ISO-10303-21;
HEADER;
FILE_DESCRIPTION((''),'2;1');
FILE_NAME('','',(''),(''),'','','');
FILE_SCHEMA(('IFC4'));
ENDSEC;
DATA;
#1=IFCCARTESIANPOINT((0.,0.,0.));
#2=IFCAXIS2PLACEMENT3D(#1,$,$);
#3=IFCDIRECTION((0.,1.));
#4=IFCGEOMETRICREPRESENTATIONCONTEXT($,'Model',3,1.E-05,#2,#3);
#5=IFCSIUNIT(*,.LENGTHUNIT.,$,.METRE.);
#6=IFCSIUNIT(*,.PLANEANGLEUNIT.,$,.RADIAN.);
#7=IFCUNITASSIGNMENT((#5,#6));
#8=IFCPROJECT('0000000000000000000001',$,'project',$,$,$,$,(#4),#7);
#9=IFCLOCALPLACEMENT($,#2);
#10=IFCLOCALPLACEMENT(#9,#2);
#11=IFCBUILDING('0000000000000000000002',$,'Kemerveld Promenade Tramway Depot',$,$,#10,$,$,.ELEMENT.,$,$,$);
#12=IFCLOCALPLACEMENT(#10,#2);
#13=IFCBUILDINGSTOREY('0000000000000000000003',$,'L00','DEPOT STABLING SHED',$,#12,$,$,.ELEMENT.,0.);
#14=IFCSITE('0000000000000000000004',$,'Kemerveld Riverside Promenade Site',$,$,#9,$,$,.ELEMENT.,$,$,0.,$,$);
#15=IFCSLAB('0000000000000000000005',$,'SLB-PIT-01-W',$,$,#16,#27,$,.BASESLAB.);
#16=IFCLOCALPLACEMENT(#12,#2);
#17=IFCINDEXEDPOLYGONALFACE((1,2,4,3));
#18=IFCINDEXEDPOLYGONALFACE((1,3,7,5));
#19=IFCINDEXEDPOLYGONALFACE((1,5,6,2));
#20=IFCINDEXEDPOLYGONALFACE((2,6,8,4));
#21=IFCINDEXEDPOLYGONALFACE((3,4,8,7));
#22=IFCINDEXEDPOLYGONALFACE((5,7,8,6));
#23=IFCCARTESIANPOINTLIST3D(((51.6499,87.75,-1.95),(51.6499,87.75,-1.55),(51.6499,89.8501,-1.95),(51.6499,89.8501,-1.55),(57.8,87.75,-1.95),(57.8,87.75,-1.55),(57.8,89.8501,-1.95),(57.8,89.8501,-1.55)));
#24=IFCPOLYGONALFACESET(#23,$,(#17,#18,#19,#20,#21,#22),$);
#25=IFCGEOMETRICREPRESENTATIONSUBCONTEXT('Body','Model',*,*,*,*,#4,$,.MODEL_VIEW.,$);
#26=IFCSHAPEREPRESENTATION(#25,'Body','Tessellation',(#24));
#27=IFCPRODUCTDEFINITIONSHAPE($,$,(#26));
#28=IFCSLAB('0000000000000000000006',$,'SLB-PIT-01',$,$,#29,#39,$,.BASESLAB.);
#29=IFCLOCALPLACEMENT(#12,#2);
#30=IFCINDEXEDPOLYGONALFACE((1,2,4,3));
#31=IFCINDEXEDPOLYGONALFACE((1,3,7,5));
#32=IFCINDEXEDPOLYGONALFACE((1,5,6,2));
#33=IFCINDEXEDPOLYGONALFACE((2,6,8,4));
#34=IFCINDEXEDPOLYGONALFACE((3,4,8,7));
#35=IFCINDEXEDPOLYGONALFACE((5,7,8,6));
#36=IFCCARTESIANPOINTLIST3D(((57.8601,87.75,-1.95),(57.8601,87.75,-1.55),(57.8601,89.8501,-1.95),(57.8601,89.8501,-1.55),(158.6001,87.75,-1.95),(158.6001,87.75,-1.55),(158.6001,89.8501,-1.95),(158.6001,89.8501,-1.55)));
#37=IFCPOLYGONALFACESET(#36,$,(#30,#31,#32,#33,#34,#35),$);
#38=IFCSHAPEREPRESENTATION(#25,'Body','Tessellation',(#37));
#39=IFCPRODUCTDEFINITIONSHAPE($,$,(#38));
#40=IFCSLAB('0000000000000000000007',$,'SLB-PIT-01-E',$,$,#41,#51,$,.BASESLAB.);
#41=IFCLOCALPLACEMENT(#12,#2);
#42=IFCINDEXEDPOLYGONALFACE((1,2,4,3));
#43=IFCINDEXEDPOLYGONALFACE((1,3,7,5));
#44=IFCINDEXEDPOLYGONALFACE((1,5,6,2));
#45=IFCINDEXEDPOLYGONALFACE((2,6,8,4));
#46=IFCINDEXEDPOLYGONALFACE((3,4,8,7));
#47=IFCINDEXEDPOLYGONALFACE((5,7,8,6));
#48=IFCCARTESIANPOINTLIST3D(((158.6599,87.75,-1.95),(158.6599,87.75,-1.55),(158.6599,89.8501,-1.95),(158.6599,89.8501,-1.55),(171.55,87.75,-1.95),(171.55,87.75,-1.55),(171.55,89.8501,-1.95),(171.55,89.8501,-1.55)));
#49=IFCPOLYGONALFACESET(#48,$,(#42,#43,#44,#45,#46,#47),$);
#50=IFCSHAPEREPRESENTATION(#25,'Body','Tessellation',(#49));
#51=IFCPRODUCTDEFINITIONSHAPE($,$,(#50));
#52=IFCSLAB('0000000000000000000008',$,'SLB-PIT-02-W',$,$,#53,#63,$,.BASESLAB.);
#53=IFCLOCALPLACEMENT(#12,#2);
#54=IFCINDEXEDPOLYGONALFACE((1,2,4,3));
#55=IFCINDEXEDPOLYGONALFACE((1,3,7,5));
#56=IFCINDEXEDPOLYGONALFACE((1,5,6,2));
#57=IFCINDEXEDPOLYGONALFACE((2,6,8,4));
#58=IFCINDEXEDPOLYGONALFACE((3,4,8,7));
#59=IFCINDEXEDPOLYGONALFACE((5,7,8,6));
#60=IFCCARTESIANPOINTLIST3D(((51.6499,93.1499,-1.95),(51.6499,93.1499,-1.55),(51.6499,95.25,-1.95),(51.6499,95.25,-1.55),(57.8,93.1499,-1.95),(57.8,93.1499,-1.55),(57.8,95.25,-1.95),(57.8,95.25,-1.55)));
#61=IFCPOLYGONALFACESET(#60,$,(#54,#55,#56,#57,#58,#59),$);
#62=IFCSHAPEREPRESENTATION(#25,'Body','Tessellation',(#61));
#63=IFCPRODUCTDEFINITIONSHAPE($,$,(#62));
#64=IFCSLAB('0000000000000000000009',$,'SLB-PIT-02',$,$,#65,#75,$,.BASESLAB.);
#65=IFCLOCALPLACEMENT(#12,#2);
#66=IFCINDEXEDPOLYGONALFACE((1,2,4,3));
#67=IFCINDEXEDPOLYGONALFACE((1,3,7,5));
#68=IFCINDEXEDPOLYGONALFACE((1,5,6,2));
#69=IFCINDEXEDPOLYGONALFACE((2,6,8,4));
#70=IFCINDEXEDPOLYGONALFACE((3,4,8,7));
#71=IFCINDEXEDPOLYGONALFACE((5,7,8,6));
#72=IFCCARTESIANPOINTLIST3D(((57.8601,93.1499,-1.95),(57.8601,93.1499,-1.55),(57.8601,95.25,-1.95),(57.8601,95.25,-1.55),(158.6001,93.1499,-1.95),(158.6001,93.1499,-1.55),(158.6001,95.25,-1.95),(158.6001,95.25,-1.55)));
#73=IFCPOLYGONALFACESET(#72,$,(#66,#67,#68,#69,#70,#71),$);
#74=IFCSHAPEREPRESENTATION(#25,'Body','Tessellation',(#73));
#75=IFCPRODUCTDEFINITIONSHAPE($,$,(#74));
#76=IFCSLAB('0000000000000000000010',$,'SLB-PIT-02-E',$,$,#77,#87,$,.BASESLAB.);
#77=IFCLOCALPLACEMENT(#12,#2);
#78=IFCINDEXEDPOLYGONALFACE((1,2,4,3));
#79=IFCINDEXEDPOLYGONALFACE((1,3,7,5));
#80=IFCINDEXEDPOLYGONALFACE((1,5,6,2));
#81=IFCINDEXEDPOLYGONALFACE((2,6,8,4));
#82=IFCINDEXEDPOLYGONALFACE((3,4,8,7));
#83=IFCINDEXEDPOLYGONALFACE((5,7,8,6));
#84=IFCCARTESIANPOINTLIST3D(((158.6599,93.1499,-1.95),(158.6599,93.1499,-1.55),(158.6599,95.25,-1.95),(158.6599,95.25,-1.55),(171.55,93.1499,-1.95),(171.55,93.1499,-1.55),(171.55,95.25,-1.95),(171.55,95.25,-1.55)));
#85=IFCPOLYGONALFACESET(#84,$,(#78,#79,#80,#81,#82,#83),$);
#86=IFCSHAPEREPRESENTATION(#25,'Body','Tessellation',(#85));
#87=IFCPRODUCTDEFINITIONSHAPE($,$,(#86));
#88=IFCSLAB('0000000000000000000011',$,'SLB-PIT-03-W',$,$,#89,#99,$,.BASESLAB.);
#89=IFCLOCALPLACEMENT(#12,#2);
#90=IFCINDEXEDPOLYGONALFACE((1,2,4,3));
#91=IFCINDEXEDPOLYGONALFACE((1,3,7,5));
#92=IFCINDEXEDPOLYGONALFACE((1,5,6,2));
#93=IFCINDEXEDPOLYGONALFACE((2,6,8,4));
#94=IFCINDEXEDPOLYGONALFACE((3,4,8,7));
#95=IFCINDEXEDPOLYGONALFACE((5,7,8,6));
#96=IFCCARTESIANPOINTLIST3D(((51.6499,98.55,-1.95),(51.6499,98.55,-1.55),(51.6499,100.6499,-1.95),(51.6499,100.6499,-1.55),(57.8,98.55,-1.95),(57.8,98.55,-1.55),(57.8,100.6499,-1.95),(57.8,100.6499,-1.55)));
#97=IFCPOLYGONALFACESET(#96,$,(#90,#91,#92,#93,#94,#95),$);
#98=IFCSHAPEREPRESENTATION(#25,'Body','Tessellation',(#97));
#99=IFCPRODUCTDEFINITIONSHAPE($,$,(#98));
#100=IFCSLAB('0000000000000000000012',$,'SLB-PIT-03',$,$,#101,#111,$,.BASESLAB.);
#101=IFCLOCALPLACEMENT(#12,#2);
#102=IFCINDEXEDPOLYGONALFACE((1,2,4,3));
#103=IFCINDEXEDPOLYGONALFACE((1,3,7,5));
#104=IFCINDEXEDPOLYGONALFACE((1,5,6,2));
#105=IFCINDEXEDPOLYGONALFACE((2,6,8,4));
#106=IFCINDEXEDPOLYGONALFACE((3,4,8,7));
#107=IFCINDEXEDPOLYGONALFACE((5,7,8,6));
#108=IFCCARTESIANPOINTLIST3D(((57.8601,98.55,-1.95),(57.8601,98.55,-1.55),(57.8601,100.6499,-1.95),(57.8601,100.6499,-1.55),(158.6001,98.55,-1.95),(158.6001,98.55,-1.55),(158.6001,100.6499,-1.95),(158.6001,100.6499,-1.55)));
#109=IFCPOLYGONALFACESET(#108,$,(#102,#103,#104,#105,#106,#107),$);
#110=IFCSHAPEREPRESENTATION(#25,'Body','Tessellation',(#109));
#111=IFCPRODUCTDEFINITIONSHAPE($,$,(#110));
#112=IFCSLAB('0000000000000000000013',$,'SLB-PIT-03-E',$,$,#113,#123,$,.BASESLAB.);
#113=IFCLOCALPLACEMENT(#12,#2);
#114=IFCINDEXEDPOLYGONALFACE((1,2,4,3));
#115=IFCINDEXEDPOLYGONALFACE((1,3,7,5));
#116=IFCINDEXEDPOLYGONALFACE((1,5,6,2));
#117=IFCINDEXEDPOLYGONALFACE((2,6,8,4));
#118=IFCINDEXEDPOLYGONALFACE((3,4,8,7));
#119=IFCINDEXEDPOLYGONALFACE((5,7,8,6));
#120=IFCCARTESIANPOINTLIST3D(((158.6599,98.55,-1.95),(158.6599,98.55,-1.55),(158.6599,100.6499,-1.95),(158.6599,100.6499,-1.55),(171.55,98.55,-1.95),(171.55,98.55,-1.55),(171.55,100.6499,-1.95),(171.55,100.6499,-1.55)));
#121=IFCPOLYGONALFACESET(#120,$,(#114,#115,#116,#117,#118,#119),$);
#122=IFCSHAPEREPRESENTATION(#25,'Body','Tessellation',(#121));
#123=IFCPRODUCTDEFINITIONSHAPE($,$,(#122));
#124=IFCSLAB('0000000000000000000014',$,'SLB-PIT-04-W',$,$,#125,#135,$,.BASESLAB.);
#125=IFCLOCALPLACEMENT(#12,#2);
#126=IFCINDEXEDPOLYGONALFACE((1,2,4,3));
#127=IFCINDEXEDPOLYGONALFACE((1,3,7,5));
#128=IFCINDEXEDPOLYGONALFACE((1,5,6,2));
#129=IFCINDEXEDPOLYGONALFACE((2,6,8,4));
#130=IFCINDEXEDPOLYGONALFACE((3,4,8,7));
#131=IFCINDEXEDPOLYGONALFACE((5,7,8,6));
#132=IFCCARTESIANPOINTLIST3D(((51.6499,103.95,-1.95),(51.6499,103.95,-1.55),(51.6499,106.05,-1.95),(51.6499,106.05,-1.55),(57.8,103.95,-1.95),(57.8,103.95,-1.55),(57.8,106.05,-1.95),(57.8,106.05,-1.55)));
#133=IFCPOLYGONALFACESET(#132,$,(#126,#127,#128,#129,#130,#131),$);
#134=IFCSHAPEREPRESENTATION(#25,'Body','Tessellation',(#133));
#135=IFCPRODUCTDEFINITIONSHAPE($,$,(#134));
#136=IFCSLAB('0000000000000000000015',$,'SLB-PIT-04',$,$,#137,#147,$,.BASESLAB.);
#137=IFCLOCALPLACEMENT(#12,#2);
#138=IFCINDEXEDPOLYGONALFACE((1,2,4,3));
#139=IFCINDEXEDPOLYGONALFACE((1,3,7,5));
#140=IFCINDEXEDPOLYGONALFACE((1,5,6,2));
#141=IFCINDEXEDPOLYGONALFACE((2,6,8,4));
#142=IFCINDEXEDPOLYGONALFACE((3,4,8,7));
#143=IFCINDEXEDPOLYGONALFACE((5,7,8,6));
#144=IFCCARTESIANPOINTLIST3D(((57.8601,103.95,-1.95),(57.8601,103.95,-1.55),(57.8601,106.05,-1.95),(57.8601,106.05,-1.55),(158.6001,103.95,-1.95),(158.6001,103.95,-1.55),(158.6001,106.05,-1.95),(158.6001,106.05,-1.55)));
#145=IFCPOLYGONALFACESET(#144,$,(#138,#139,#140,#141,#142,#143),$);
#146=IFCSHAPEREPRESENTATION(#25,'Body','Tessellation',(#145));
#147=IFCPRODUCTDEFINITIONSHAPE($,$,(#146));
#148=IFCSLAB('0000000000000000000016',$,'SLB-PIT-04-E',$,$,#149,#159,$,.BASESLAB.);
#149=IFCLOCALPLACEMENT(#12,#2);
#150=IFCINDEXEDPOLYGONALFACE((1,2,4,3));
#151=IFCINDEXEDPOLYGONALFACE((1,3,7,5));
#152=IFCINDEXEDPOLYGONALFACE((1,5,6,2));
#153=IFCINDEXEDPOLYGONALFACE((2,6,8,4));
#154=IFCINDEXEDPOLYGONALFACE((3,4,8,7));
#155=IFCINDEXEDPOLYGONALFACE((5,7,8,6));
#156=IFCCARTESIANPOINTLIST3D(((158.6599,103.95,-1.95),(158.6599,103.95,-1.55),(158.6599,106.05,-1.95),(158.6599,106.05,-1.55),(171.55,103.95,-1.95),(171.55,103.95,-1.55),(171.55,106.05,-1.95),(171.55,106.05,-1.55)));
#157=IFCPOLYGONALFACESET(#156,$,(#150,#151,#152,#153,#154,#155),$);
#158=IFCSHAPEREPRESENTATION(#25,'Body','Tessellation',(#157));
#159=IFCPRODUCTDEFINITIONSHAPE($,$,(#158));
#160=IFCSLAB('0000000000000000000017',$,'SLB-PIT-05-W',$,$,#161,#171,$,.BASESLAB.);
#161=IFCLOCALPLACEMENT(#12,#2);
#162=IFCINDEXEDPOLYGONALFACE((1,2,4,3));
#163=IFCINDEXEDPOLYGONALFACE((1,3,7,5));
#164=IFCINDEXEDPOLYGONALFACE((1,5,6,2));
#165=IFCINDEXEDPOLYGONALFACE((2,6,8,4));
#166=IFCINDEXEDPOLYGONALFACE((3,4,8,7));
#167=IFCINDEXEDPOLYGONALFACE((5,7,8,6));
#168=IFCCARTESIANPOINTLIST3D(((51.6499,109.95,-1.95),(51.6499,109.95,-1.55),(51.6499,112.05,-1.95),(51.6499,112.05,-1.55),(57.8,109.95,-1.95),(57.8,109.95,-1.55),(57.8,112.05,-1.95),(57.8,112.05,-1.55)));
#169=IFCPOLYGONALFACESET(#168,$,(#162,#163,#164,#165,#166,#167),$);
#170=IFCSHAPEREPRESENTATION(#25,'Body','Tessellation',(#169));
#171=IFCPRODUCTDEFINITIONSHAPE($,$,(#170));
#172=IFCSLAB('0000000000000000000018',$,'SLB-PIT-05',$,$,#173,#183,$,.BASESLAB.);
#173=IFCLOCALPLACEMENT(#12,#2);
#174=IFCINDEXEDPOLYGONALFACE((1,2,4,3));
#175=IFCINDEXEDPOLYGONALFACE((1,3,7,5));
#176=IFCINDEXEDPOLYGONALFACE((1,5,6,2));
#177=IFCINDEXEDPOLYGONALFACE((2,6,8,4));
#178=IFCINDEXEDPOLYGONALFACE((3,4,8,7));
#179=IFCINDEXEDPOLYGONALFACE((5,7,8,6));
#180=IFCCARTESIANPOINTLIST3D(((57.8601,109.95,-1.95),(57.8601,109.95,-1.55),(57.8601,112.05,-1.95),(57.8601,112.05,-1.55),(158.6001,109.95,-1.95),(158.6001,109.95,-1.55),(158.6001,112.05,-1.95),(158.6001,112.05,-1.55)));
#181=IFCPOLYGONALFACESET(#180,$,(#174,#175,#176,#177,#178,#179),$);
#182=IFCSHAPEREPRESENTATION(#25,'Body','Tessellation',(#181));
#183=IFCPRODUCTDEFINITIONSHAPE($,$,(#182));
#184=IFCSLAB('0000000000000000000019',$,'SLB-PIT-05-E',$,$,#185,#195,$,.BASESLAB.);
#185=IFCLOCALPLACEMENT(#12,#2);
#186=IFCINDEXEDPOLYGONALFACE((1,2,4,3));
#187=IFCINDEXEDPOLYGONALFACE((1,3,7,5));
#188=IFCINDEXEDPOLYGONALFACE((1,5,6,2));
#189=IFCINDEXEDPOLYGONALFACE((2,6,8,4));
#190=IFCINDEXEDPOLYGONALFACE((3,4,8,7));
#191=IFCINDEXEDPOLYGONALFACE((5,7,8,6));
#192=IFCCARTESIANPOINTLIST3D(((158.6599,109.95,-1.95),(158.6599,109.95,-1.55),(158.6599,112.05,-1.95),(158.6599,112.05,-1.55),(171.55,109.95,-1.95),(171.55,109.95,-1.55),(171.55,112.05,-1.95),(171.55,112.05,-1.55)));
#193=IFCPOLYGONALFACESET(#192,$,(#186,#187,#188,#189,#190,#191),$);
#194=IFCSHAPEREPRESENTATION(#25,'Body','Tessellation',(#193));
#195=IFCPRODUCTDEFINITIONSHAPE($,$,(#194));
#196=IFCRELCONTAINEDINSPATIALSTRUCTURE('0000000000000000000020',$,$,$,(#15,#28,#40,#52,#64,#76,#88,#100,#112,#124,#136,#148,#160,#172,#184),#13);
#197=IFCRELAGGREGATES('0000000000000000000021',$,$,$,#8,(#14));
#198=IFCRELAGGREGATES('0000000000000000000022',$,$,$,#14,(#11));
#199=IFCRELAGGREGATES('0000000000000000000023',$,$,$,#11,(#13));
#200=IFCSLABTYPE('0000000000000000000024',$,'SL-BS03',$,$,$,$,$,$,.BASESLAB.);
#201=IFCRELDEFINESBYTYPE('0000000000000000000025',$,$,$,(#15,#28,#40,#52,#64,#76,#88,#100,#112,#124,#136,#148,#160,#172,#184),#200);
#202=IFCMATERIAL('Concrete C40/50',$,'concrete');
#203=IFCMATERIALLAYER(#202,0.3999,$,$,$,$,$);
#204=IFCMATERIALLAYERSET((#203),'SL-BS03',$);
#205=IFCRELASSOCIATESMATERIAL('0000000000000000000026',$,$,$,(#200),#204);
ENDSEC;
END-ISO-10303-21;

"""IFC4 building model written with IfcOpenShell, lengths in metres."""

from ifc_helpers import new_model, si_unit, direction, frame, origin, place, context, subcontext, project, spatial, polyline, outline, extrude, material, layer, layer_set, type_object, element, save


model = new_model("IFC4")

# Units and contexts
model_context = context("Model", 3, precision=1e-05, world=origin(), true_north=direction((0.0, 1.0)))
body_context = subcontext(model_context, "Body", "Model", "MODEL_VIEW")
ifc_project = project(units=[si_unit("LENGTHUNIT", "METRE"), si_unit("PLANEANGLEUNIT", "RADIAN")], contexts=[model_context])

# Site, building, storey
site_placement = place(None, origin())
site = spatial("IfcSite", under=ifc_project, at=site_placement, Name="Kemerveld Riverside Promenade Site", CompositionType="ELEMENT", RefElevation=0.0)
building_placement = place(site_placement, origin())
building = spatial("IfcBuilding", under=site, at=building_placement, Name="Kemerveld Promenade Tramway Depot", CompositionType="ELEMENT")
storey_placement = place(building_placement, origin())
storey = spatial("IfcBuildingStorey", under=building, at=storey_placement, Name="L00", Description="DEPOT STABLING SHED", CompositionType="ELEMENT", Elevation=0.0)

# Slabs
ifc_material_1 = material(Name="Concrete C40/50", Category="concrete")
ifc_layer_1 = layer(ifc_material_1, 0.3999)
ifc_layer_set_1 = layer_set([ifc_layer_1], Name="SL-BS03")
slab_type_1 = type_object("IfcSlabType", Name="SL-BS03", PredefinedType="BASESLAB", material=ifc_layer_set_1)
slab_1_placement = place(storey_placement, frame((0.0, 0.0, -1.95)))
element("IfcSlab", 1, at=slab_1_placement, inside=storey, type_object=slab_type_1, Name="SLB-PIT-01-W", PredefinedType="BASESLAB", context=body_context, shape_type="SweptSolid", body=[
    extrude(outline(polyline([(51.6499, 87.75), (57.8, 87.75), (57.8, 89.8501), (51.6499, 89.8501), (51.6499, 87.75)])), origin(), (0.0, 0.0, 1.0), 0.3999),
])
slab_2_placement = place(storey_placement, frame((0.0, 0.0, -1.95)))
element("IfcSlab", 2, at=slab_2_placement, inside=storey, type_object=slab_type_1, Name="SLB-PIT-01", PredefinedType="BASESLAB", context=body_context, shape_type="SweptSolid", body=[
    extrude(outline(polyline([(57.8601, 87.75), (158.6001, 87.75), (158.6001, 89.8501), (57.8601, 89.8501), (57.8601, 87.75)])), origin(), (0.0, 0.0, 1.0), 0.3999),
])
slab_3_placement = place(storey_placement, frame((0.0, 0.0, -1.95)))
element("IfcSlab", 3, at=slab_3_placement, inside=storey, type_object=slab_type_1, Name="SLB-PIT-01-E", PredefinedType="BASESLAB", context=body_context, shape_type="SweptSolid", body=[
    extrude(outline(polyline([(158.6599, 87.75), (171.55, 87.75), (171.55, 89.8501), (158.6599, 89.8501), (158.6599, 87.75)])), origin(), (0.0, 0.0, 1.0), 0.3999),
])
slab_4_placement = place(storey_placement, frame((0.0, 0.0, -1.95)))
element("IfcSlab", 4, at=slab_4_placement, inside=storey, type_object=slab_type_1, Name="SLB-PIT-02-W", PredefinedType="BASESLAB", context=body_context, shape_type="SweptSolid", body=[
    extrude(outline(polyline([(51.6499, 93.1499), (57.8, 93.1499), (57.8, 95.25), (51.6499, 95.25), (51.6499, 93.1499)])), origin(), (0.0, 0.0, 1.0), 0.3999),
])
slab_5_placement = place(storey_placement, frame((0.0, 0.0, -1.95)))
element("IfcSlab", 5, at=slab_5_placement, inside=storey, type_object=slab_type_1, Name="SLB-PIT-02", PredefinedType="BASESLAB", context=body_context, shape_type="SweptSolid", body=[
    extrude(outline(polyline([(57.8601, 93.1499), (158.6001, 93.1499), (158.6001, 95.25), (57.8601, 95.25), (57.8601, 93.1499)])), origin(), (0.0, 0.0, 1.0), 0.3999),
])
slab_6_placement = place(storey_placement, frame((0.0, 0.0, -1.95)))
element("IfcSlab", 6, at=slab_6_placement, inside=storey, type_object=slab_type_1, Name="SLB-PIT-02-E", PredefinedType="BASESLAB", context=body_context, shape_type="SweptSolid", body=[
    extrude(outline(polyline([(158.6599, 93.1499), (171.55, 93.1499), (171.55, 95.25), (158.6599, 95.25), (158.6599, 93.1499)])), origin(), (0.0, 0.0, 1.0), 0.3999),
])
slab_7_placement = place(storey_placement, frame((0.0, 0.0, -1.95)))
element("IfcSlab", 7, at=slab_7_placement, inside=storey, type_object=slab_type_1, Name="SLB-PIT-03-W", PredefinedType="BASESLAB", context=body_context, shape_type="SweptSolid", body=[
    extrude(outline(polyline([(51.6499, 98.55), (57.8, 98.55), (57.8, 100.6499), (51.6499, 100.6499), (51.6499, 98.55)])), origin(), (0.0, 0.0, 1.0), 0.3999),
])
slab_8_placement = place(storey_placement, frame((0.0, 0.0, -1.95)))
element("IfcSlab", 8, at=slab_8_placement, inside=storey, type_object=slab_type_1, Name="SLB-PIT-03", PredefinedType="BASESLAB", context=body_context, shape_type="SweptSolid", body=[
    extrude(outline(polyline([(57.8601, 98.55), (158.6001, 98.55), (158.6001, 100.6499), (57.8601, 100.6499), (57.8601, 98.55)])), origin(), (0.0, 0.0, 1.0), 0.3999),
])
slab_9_placement = place(storey_placement, frame((0.0, 0.0, -1.95)))
element("IfcSlab", 9, at=slab_9_placement, inside=storey, type_object=slab_type_1, Name="SLB-PIT-03-E", PredefinedType="BASESLAB", context=body_context, shape_type="SweptSolid", body=[
    extrude(outline(polyline([(158.6599, 98.55), (171.55, 98.55), (171.55, 100.6499), (158.6599, 100.6499), (158.6599, 98.55)])), origin(), (0.0, 0.0, 1.0), 0.3999),
])
slab_10_placement = place(storey_placement, frame((0.0, 0.0, -1.95)))
element("IfcSlab", 10, at=slab_10_placement, inside=storey, type_object=slab_type_1, Name="SLB-PIT-04-W", PredefinedType="BASESLAB", context=body_context, shape_type="SweptSolid", body=[
    extrude(outline(polyline([(51.6499, 103.95), (57.8, 103.95), (57.8, 106.05), (51.6499, 106.05), (51.6499, 103.95)])), origin(), (0.0, 0.0, 1.0), 0.3999),
])
slab_11_placement = place(storey_placement, frame((0.0, 0.0, -1.95)))
element("IfcSlab", 11, at=slab_11_placement, inside=storey, type_object=slab_type_1, Name="SLB-PIT-04", PredefinedType="BASESLAB", context=body_context, shape_type="SweptSolid", body=[
    extrude(outline(polyline([(57.8601, 103.95), (158.6001, 103.95), (158.6001, 106.05), (57.8601, 106.05), (57.8601, 103.95)])), origin(), (0.0, 0.0, 1.0), 0.3999),
])
slab_12_placement = place(storey_placement, frame((0.0, 0.0, -1.95)))
element("IfcSlab", 12, at=slab_12_placement, inside=storey, type_object=slab_type_1, Name="SLB-PIT-04-E", PredefinedType="BASESLAB", context=body_context, shape_type="SweptSolid", body=[
    extrude(outline(polyline([(158.6599, 103.95), (171.55, 103.95), (171.55, 106.05), (158.6599, 106.05), (158.6599, 103.95)])), origin(), (0.0, 0.0, 1.0), 0.3999),
])
slab_13_placement = place(storey_placement, frame((0.0, 0.0, -1.95)))
element("IfcSlab", 13, at=slab_13_placement, inside=storey, type_object=slab_type_1, Name="SLB-PIT-05-W", PredefinedType="BASESLAB", context=body_context, shape_type="SweptSolid", body=[
    extrude(outline(polyline([(51.6499, 109.95), (57.8, 109.95), (57.8, 112.05), (51.6499, 112.05), (51.6499, 109.95)])), origin(), (0.0, 0.0, 1.0), 0.3999),
])
slab_14_placement = place(storey_placement, frame((0.0, 0.0, -1.95)))
element("IfcSlab", 14, at=slab_14_placement, inside=storey, type_object=slab_type_1, Name="SLB-PIT-05", PredefinedType="BASESLAB", context=body_context, shape_type="SweptSolid", body=[
    extrude(outline(polyline([(57.8601, 109.95), (158.6001, 109.95), (158.6001, 112.05), (57.8601, 112.05), (57.8601, 109.95)])), origin(), (0.0, 0.0, 1.0), 0.3999),
])
slab_15_placement = place(storey_placement, frame((0.0, 0.0, -1.95)))
element("IfcSlab", 15, at=slab_15_placement, inside=storey, type_object=slab_type_1, Name="SLB-PIT-05-E", PredefinedType="BASESLAB", context=body_context, shape_type="SweptSolid", body=[
    extrude(outline(polyline([(158.6599, 109.95), (171.55, 109.95), (171.55, 112.05), (158.6599, 112.05), (158.6599, 109.95)])), origin(), (0.0, 0.0, 1.0), 0.3999),
])

save(model, "model.ifc")
